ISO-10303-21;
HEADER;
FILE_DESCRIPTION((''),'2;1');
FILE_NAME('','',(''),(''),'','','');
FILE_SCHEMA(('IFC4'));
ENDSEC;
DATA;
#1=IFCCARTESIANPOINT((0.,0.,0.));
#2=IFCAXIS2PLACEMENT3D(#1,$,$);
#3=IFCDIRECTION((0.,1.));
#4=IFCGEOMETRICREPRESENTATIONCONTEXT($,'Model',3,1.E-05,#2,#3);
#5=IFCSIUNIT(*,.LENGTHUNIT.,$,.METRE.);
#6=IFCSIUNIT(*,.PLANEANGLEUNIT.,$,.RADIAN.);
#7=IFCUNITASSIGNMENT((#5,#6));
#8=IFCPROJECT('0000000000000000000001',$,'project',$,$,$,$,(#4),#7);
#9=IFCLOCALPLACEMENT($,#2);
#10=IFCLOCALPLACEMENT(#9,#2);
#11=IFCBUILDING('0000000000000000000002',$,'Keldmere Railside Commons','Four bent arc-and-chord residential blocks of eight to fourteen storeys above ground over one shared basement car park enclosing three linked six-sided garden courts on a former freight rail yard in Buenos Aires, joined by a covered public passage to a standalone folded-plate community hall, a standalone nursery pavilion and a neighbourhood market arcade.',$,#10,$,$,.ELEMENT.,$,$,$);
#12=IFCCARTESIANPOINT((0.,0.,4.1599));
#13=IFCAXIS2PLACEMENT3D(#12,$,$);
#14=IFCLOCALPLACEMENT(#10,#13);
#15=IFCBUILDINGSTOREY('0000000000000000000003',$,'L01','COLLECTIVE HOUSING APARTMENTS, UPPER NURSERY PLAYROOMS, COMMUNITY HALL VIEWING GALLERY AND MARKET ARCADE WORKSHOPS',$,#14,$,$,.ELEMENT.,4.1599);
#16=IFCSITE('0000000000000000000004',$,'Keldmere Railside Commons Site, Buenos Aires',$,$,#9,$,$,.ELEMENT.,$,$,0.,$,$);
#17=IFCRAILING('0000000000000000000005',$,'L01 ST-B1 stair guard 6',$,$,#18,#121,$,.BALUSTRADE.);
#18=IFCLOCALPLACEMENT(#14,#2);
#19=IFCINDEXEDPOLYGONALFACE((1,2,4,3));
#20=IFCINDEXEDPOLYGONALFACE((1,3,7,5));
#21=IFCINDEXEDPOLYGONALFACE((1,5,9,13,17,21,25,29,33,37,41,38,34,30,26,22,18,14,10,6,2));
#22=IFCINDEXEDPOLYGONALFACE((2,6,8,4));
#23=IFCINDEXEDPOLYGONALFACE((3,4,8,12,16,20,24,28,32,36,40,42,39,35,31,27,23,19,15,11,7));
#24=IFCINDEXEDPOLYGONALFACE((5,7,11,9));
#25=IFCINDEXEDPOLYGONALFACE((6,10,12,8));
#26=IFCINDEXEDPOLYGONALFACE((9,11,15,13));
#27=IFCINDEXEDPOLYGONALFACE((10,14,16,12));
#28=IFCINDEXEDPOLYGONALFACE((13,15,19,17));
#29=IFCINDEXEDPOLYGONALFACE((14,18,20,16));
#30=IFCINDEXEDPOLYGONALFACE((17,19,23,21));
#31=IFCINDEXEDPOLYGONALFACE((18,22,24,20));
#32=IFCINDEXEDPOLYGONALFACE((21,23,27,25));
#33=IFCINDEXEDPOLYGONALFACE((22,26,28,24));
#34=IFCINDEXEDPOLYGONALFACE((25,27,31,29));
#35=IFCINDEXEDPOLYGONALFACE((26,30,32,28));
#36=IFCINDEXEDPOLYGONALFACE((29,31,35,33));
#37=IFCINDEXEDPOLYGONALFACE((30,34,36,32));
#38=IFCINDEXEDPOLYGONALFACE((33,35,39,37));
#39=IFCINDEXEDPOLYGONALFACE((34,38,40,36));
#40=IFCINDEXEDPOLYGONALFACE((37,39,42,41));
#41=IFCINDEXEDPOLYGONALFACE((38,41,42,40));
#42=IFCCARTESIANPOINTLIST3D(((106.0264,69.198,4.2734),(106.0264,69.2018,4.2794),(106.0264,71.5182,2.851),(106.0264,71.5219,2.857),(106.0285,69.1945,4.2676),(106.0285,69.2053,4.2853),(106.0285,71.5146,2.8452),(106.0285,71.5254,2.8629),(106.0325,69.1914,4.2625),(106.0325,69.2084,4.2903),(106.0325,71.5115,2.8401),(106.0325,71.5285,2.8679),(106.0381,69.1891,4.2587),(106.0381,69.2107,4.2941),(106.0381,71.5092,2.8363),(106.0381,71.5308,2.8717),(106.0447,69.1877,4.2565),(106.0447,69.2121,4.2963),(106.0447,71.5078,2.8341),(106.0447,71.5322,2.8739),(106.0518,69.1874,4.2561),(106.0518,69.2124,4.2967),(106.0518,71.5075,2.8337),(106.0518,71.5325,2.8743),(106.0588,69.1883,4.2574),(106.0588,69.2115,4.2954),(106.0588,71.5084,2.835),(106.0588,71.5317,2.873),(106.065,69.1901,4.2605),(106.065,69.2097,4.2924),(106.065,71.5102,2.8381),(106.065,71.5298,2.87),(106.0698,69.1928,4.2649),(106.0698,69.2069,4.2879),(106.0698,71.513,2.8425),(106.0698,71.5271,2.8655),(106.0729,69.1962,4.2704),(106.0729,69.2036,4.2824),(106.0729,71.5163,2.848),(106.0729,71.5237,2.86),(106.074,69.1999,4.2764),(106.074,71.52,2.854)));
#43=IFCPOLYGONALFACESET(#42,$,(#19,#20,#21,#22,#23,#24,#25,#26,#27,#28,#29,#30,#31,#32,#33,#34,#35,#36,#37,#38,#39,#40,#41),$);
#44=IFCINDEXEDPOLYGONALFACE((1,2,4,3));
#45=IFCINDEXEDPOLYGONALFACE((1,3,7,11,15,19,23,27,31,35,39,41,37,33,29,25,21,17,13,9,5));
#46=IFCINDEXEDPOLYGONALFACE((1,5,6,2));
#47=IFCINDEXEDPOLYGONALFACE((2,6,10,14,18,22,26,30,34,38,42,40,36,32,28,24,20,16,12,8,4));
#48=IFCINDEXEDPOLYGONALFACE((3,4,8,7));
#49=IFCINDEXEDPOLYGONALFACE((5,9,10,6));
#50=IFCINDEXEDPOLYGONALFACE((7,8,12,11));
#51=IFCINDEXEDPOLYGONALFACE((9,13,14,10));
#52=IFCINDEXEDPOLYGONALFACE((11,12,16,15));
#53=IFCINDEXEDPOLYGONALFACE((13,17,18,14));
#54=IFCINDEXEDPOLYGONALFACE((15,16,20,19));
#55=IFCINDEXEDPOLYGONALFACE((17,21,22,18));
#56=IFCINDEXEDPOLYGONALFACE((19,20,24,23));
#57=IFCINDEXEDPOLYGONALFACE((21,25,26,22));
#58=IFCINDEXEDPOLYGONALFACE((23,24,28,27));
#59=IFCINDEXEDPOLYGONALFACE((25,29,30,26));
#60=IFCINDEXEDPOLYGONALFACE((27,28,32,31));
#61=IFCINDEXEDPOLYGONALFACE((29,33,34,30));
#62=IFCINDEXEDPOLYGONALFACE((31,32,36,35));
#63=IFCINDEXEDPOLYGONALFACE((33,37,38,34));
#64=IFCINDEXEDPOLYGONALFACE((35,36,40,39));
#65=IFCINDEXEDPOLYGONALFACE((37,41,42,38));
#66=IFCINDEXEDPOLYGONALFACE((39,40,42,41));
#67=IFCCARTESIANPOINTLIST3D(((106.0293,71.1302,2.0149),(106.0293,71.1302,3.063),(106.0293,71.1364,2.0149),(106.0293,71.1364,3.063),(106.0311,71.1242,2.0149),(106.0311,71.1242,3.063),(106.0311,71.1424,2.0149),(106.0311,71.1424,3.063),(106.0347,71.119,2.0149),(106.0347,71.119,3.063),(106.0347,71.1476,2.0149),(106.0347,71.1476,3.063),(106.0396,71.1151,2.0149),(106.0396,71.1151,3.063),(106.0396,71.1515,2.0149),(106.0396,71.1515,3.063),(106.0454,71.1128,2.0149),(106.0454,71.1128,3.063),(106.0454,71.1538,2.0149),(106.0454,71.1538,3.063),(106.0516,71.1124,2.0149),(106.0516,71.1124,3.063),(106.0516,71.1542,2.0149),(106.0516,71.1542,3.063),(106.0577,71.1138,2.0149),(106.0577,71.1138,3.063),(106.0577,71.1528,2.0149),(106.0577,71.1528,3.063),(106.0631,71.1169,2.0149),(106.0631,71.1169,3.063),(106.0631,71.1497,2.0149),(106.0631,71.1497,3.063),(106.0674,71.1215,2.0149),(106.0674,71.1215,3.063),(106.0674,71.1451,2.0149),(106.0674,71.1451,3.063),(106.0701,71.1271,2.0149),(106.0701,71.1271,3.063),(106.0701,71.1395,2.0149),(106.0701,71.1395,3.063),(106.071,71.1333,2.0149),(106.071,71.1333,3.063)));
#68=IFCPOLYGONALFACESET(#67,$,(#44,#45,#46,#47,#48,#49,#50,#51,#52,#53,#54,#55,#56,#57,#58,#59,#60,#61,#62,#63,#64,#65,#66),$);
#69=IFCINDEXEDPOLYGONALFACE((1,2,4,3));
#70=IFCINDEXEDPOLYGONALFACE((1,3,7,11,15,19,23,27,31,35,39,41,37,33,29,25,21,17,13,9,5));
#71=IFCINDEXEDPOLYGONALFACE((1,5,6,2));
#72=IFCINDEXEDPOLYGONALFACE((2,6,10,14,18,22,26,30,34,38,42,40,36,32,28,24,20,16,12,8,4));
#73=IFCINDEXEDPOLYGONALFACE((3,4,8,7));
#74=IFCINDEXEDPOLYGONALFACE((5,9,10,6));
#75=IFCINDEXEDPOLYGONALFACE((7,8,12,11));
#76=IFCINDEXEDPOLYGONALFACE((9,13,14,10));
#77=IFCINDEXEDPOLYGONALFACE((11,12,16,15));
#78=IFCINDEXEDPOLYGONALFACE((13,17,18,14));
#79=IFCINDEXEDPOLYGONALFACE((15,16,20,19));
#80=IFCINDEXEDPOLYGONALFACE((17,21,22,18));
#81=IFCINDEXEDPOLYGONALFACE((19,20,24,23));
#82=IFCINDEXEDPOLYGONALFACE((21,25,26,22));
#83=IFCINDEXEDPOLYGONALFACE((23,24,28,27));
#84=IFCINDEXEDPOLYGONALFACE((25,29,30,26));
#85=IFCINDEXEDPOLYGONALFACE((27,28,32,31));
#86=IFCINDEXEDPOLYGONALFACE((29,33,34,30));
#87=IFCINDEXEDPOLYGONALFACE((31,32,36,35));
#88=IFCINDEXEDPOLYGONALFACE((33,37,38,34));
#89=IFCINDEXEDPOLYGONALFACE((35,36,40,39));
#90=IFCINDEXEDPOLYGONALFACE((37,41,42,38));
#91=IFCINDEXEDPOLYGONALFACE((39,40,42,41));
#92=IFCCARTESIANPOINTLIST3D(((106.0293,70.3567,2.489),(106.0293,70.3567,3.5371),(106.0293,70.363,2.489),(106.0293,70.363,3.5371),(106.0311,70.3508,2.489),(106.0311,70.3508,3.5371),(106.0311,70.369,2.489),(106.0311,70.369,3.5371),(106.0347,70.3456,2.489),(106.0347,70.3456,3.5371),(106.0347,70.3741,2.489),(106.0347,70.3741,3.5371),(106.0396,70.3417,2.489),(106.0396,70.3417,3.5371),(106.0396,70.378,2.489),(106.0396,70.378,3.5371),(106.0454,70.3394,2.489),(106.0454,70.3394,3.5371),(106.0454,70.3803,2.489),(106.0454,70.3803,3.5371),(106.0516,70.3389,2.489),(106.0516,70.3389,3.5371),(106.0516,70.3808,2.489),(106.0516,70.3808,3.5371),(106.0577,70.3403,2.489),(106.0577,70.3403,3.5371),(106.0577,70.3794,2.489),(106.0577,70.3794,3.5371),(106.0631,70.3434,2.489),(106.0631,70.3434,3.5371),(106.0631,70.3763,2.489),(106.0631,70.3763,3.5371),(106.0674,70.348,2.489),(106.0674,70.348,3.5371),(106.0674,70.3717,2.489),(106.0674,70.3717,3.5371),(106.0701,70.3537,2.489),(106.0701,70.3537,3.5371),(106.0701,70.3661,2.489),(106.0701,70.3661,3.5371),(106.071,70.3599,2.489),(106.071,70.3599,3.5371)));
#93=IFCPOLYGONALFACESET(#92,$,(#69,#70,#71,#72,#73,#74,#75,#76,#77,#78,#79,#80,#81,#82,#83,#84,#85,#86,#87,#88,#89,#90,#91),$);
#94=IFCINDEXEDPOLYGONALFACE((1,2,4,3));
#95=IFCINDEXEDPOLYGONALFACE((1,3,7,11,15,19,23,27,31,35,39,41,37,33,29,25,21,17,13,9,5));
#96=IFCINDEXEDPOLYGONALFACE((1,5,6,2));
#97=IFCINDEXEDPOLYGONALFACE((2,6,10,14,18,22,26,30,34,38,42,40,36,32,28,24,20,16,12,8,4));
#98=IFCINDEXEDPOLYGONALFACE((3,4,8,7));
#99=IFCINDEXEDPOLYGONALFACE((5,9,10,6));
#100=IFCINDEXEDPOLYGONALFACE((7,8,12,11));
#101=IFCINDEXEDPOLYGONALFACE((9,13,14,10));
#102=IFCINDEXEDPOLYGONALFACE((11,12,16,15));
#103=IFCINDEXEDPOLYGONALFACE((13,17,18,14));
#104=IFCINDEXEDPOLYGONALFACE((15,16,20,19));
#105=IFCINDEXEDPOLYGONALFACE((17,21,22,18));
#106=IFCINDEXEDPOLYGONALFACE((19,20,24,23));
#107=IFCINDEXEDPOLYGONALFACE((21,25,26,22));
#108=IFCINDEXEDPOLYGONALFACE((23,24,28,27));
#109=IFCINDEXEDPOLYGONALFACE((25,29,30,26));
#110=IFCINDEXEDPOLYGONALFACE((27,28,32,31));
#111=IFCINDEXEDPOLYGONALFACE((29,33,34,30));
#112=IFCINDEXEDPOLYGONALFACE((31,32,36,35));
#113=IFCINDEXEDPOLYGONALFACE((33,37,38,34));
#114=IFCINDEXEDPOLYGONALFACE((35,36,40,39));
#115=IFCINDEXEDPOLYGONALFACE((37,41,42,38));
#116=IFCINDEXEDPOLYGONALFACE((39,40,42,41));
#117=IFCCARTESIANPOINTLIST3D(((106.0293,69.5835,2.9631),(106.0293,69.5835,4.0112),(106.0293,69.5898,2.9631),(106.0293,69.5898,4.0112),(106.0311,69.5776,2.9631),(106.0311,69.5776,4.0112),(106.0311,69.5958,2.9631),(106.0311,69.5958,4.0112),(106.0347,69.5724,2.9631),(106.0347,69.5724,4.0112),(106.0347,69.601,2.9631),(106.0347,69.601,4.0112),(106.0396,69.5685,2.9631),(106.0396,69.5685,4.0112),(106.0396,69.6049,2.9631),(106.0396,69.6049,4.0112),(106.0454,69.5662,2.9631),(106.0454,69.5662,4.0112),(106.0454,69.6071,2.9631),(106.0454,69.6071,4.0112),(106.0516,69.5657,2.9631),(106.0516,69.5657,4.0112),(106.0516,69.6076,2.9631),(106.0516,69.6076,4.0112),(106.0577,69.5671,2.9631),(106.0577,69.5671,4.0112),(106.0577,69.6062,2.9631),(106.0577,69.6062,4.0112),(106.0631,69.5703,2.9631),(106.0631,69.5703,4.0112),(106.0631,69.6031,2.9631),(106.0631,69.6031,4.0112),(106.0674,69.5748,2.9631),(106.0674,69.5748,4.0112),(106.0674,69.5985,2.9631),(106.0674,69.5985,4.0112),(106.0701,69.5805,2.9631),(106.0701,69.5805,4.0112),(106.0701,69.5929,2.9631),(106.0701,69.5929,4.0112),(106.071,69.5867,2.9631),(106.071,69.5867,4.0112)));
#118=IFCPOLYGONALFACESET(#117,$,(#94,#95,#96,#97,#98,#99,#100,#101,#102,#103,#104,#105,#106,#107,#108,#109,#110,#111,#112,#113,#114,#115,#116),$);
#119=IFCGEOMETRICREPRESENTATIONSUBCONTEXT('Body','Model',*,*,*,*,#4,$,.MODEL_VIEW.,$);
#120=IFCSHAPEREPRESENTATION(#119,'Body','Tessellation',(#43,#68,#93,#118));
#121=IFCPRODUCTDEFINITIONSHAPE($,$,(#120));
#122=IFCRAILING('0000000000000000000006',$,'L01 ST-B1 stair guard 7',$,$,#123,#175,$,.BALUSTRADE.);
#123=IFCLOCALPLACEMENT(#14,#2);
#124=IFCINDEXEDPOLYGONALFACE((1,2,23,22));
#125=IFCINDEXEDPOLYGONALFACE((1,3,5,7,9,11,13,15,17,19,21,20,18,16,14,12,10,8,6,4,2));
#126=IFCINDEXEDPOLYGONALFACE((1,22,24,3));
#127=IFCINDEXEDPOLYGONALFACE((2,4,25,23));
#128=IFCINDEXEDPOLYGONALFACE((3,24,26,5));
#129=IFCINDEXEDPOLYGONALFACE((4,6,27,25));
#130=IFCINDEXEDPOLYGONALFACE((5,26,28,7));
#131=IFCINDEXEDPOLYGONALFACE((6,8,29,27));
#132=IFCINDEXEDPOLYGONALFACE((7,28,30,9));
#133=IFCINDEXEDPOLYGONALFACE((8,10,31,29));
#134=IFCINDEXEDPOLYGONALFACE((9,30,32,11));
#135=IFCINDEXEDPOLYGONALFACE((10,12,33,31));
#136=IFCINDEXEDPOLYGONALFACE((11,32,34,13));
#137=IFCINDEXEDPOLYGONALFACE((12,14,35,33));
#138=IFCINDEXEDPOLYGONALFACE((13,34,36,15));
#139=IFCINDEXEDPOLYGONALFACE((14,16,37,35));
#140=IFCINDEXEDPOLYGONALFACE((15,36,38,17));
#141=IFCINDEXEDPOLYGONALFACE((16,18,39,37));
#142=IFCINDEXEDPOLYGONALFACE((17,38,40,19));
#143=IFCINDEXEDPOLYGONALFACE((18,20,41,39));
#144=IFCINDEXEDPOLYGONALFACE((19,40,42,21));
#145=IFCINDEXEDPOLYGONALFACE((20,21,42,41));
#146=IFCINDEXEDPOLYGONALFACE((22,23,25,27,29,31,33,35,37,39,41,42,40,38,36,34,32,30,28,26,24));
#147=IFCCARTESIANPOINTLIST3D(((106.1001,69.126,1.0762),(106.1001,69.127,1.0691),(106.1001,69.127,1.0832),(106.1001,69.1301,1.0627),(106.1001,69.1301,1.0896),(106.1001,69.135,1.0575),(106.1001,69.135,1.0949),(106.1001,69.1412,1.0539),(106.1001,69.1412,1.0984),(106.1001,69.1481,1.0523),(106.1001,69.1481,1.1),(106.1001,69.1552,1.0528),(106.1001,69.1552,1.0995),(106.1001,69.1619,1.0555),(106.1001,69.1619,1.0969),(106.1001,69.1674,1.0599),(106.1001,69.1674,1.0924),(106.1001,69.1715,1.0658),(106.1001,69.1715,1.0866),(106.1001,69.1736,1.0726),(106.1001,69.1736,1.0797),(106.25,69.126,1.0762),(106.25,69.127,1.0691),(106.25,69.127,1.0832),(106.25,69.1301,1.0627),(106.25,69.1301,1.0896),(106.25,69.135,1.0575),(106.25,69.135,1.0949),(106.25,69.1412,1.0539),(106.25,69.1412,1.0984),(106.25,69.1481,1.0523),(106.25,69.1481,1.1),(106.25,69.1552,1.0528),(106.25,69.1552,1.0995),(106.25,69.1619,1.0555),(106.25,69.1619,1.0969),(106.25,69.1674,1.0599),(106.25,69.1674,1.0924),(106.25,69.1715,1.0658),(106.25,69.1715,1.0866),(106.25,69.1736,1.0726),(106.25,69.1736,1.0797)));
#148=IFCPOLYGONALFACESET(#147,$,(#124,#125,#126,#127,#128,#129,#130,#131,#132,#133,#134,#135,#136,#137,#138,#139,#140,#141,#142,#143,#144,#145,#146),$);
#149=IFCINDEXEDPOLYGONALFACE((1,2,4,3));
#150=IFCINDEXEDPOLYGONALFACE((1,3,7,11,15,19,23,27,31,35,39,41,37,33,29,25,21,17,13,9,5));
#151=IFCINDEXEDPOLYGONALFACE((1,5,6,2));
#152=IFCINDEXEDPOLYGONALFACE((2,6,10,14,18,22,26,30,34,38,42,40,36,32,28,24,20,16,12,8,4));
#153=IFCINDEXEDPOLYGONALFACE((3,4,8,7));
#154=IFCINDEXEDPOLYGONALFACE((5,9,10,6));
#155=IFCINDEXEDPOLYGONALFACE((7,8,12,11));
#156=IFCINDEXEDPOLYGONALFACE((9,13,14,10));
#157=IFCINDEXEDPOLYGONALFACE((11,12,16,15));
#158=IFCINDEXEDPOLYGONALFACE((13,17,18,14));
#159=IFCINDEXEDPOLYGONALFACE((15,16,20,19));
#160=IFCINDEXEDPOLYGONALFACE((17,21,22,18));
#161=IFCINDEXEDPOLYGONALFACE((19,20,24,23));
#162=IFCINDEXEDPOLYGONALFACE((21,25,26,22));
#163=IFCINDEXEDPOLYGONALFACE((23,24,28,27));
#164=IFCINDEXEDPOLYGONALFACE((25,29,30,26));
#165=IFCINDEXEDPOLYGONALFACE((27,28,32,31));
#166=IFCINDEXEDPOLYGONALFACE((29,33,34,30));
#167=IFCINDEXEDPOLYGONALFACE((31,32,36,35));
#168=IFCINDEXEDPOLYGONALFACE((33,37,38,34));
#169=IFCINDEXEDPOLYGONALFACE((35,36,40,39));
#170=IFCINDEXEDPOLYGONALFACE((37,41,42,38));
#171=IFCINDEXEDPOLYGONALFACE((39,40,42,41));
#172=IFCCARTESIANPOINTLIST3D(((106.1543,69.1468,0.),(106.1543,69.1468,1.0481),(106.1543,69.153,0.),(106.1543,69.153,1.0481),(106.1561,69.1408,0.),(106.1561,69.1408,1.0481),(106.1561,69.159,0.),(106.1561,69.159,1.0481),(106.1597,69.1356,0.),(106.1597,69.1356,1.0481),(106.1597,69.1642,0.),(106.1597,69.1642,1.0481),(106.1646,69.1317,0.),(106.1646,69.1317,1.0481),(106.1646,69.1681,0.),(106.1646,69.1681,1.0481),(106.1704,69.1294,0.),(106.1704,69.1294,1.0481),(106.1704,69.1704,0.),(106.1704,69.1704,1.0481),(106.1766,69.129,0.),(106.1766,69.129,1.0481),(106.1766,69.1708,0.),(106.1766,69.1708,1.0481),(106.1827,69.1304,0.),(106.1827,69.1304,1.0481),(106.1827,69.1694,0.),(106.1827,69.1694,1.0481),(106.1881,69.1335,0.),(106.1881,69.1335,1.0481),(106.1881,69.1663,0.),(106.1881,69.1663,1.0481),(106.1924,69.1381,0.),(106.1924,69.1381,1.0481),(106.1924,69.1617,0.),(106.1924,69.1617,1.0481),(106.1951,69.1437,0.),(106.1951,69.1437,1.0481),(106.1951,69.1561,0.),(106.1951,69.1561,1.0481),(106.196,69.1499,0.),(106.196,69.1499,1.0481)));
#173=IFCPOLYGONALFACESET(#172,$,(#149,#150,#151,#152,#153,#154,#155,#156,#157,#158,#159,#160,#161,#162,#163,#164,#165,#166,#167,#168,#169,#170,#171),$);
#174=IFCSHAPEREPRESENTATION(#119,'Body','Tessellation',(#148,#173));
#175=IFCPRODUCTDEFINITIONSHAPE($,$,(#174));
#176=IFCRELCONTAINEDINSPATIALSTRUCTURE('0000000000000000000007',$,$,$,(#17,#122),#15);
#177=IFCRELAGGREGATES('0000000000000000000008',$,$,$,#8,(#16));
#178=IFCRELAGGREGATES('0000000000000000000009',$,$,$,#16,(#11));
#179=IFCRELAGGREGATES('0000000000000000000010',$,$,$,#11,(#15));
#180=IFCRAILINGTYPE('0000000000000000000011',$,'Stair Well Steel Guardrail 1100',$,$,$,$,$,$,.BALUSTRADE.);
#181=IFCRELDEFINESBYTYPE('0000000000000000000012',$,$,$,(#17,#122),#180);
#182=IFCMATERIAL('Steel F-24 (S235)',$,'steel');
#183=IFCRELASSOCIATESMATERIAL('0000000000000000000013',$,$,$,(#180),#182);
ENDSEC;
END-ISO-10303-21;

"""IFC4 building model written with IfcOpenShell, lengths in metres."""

from ifc_helpers import new_model, si_unit, direction, frame, origin, origin_2d, place, context, subcontext, project, spatial, circle, extrude, material, type_object, element, save


model = new_model("IFC4")

# Units and contexts
model_context = context("Model", 3, precision=1e-05, world=origin(), true_north=direction((0.0, 1.0)))
body_context = subcontext(model_context, "Body", "Model", "MODEL_VIEW")
ifc_project = project(units=[si_unit("LENGTHUNIT", "METRE"), si_unit("PLANEANGLEUNIT", "RADIAN")], contexts=[model_context])

# Site, building, storey
site_placement = place(None, origin())
site = spatial("IfcSite", under=ifc_project, at=site_placement, Name="Keldmere Railside Commons Site, Buenos Aires", CompositionType="ELEMENT", RefElevation=0.0)
building_placement = place(site_placement, origin())
building = spatial("IfcBuilding", under=site, at=building_placement, Name="Keldmere Railside Commons", Description="Four bent arc-and-chord residential blocks of eight to fourteen storeys above ground over one shared basement car park enclosing three linked six-sided garden courts on a former freight rail yard in Buenos Aires, joined by a covered public passage to a standalone folded-plate community hall, a standalone nursery pavilion and a neighbourhood market arcade.", CompositionType="ELEMENT")
storey_placement = place(building_placement, frame((0.0, 0.0, 4.1599)))
storey = spatial("IfcBuildingStorey", under=building, at=storey_placement, Name="L01", Description="COLLECTIVE HOUSING APARTMENTS, UPPER NURSERY PLAYROOMS, COMMUNITY HALL VIEWING GALLERY AND MARKET ARCADE WORKSHOPS", CompositionType="ELEMENT", Elevation=4.1599)

# Railings
ifc_material_1 = material(Name="Steel F-24 (S235)", Category="steel")
railing_type_1 = type_object("IfcRailingType", Name="Stair Well Steel Guardrail 1100", PredefinedType="BALUSTRADE", material=ifc_material_1)
railing_1_placement = place(storey_placement, frame((106.05, 71.52, 1.7778)))
element("IfcRailing", 1, at=railing_1_placement, inside=storey, type_object=railing_type_1, Name="L01 ST-B1 stair guard 6", PredefinedType="BALUSTRADE", context=body_context, shape_type="SweptSolid", body=[
    extrude(circle(Radius=0.0239, at=origin_2d()), frame((0.0, 0.0, 1.0762), z_axis=(0.0, -0.852538, 0.522665), x_axis=(1.0, 0.0, 0.0)), (0.0, 0.0, 1.0), 2.7214),
    extrude(circle(Radius=0.021, at=origin_2d()), frame((0.0, -0.3867, 0.2371)), (0.0, 0.0, 1.0), 1.0481),
    extrude(circle(Radius=0.021, at=origin_2d()), frame((0.0, -1.1602, 0.7112)), (0.0, 0.0, 1.0), 1.0481),
    extrude(circle(Radius=0.021, at=origin_2d()), frame((0.0, -1.9333, 1.1853)), (0.0, 0.0, 1.0), 1.0481),
])
railing_2_placement = place(storey_placement, frame((106.25, 69.1499, 0.0)))
element("IfcRailing", 2, at=railing_2_placement, inside=storey, type_object=railing_type_1, Name="L01 ST-B1 stair guard 7", PredefinedType="BALUSTRADE", context=body_context, shape_type="SweptSolid", body=[
    extrude(circle(Radius=0.0239, at=origin_2d()), frame((0.0, 0.0, 1.0762), z_axis=(-1.0, 0.0, 0.0), x_axis=(0.0, -1.0, 0.0)), (0.0, 0.0, 1.0), 0.1499),
    extrude(circle(Radius=0.021, at=origin_2d()), frame((-0.075, 0.0, 0.0)), (0.0, 0.0, 1.0), 1.0481),
])

save(model, "model.ifc")
